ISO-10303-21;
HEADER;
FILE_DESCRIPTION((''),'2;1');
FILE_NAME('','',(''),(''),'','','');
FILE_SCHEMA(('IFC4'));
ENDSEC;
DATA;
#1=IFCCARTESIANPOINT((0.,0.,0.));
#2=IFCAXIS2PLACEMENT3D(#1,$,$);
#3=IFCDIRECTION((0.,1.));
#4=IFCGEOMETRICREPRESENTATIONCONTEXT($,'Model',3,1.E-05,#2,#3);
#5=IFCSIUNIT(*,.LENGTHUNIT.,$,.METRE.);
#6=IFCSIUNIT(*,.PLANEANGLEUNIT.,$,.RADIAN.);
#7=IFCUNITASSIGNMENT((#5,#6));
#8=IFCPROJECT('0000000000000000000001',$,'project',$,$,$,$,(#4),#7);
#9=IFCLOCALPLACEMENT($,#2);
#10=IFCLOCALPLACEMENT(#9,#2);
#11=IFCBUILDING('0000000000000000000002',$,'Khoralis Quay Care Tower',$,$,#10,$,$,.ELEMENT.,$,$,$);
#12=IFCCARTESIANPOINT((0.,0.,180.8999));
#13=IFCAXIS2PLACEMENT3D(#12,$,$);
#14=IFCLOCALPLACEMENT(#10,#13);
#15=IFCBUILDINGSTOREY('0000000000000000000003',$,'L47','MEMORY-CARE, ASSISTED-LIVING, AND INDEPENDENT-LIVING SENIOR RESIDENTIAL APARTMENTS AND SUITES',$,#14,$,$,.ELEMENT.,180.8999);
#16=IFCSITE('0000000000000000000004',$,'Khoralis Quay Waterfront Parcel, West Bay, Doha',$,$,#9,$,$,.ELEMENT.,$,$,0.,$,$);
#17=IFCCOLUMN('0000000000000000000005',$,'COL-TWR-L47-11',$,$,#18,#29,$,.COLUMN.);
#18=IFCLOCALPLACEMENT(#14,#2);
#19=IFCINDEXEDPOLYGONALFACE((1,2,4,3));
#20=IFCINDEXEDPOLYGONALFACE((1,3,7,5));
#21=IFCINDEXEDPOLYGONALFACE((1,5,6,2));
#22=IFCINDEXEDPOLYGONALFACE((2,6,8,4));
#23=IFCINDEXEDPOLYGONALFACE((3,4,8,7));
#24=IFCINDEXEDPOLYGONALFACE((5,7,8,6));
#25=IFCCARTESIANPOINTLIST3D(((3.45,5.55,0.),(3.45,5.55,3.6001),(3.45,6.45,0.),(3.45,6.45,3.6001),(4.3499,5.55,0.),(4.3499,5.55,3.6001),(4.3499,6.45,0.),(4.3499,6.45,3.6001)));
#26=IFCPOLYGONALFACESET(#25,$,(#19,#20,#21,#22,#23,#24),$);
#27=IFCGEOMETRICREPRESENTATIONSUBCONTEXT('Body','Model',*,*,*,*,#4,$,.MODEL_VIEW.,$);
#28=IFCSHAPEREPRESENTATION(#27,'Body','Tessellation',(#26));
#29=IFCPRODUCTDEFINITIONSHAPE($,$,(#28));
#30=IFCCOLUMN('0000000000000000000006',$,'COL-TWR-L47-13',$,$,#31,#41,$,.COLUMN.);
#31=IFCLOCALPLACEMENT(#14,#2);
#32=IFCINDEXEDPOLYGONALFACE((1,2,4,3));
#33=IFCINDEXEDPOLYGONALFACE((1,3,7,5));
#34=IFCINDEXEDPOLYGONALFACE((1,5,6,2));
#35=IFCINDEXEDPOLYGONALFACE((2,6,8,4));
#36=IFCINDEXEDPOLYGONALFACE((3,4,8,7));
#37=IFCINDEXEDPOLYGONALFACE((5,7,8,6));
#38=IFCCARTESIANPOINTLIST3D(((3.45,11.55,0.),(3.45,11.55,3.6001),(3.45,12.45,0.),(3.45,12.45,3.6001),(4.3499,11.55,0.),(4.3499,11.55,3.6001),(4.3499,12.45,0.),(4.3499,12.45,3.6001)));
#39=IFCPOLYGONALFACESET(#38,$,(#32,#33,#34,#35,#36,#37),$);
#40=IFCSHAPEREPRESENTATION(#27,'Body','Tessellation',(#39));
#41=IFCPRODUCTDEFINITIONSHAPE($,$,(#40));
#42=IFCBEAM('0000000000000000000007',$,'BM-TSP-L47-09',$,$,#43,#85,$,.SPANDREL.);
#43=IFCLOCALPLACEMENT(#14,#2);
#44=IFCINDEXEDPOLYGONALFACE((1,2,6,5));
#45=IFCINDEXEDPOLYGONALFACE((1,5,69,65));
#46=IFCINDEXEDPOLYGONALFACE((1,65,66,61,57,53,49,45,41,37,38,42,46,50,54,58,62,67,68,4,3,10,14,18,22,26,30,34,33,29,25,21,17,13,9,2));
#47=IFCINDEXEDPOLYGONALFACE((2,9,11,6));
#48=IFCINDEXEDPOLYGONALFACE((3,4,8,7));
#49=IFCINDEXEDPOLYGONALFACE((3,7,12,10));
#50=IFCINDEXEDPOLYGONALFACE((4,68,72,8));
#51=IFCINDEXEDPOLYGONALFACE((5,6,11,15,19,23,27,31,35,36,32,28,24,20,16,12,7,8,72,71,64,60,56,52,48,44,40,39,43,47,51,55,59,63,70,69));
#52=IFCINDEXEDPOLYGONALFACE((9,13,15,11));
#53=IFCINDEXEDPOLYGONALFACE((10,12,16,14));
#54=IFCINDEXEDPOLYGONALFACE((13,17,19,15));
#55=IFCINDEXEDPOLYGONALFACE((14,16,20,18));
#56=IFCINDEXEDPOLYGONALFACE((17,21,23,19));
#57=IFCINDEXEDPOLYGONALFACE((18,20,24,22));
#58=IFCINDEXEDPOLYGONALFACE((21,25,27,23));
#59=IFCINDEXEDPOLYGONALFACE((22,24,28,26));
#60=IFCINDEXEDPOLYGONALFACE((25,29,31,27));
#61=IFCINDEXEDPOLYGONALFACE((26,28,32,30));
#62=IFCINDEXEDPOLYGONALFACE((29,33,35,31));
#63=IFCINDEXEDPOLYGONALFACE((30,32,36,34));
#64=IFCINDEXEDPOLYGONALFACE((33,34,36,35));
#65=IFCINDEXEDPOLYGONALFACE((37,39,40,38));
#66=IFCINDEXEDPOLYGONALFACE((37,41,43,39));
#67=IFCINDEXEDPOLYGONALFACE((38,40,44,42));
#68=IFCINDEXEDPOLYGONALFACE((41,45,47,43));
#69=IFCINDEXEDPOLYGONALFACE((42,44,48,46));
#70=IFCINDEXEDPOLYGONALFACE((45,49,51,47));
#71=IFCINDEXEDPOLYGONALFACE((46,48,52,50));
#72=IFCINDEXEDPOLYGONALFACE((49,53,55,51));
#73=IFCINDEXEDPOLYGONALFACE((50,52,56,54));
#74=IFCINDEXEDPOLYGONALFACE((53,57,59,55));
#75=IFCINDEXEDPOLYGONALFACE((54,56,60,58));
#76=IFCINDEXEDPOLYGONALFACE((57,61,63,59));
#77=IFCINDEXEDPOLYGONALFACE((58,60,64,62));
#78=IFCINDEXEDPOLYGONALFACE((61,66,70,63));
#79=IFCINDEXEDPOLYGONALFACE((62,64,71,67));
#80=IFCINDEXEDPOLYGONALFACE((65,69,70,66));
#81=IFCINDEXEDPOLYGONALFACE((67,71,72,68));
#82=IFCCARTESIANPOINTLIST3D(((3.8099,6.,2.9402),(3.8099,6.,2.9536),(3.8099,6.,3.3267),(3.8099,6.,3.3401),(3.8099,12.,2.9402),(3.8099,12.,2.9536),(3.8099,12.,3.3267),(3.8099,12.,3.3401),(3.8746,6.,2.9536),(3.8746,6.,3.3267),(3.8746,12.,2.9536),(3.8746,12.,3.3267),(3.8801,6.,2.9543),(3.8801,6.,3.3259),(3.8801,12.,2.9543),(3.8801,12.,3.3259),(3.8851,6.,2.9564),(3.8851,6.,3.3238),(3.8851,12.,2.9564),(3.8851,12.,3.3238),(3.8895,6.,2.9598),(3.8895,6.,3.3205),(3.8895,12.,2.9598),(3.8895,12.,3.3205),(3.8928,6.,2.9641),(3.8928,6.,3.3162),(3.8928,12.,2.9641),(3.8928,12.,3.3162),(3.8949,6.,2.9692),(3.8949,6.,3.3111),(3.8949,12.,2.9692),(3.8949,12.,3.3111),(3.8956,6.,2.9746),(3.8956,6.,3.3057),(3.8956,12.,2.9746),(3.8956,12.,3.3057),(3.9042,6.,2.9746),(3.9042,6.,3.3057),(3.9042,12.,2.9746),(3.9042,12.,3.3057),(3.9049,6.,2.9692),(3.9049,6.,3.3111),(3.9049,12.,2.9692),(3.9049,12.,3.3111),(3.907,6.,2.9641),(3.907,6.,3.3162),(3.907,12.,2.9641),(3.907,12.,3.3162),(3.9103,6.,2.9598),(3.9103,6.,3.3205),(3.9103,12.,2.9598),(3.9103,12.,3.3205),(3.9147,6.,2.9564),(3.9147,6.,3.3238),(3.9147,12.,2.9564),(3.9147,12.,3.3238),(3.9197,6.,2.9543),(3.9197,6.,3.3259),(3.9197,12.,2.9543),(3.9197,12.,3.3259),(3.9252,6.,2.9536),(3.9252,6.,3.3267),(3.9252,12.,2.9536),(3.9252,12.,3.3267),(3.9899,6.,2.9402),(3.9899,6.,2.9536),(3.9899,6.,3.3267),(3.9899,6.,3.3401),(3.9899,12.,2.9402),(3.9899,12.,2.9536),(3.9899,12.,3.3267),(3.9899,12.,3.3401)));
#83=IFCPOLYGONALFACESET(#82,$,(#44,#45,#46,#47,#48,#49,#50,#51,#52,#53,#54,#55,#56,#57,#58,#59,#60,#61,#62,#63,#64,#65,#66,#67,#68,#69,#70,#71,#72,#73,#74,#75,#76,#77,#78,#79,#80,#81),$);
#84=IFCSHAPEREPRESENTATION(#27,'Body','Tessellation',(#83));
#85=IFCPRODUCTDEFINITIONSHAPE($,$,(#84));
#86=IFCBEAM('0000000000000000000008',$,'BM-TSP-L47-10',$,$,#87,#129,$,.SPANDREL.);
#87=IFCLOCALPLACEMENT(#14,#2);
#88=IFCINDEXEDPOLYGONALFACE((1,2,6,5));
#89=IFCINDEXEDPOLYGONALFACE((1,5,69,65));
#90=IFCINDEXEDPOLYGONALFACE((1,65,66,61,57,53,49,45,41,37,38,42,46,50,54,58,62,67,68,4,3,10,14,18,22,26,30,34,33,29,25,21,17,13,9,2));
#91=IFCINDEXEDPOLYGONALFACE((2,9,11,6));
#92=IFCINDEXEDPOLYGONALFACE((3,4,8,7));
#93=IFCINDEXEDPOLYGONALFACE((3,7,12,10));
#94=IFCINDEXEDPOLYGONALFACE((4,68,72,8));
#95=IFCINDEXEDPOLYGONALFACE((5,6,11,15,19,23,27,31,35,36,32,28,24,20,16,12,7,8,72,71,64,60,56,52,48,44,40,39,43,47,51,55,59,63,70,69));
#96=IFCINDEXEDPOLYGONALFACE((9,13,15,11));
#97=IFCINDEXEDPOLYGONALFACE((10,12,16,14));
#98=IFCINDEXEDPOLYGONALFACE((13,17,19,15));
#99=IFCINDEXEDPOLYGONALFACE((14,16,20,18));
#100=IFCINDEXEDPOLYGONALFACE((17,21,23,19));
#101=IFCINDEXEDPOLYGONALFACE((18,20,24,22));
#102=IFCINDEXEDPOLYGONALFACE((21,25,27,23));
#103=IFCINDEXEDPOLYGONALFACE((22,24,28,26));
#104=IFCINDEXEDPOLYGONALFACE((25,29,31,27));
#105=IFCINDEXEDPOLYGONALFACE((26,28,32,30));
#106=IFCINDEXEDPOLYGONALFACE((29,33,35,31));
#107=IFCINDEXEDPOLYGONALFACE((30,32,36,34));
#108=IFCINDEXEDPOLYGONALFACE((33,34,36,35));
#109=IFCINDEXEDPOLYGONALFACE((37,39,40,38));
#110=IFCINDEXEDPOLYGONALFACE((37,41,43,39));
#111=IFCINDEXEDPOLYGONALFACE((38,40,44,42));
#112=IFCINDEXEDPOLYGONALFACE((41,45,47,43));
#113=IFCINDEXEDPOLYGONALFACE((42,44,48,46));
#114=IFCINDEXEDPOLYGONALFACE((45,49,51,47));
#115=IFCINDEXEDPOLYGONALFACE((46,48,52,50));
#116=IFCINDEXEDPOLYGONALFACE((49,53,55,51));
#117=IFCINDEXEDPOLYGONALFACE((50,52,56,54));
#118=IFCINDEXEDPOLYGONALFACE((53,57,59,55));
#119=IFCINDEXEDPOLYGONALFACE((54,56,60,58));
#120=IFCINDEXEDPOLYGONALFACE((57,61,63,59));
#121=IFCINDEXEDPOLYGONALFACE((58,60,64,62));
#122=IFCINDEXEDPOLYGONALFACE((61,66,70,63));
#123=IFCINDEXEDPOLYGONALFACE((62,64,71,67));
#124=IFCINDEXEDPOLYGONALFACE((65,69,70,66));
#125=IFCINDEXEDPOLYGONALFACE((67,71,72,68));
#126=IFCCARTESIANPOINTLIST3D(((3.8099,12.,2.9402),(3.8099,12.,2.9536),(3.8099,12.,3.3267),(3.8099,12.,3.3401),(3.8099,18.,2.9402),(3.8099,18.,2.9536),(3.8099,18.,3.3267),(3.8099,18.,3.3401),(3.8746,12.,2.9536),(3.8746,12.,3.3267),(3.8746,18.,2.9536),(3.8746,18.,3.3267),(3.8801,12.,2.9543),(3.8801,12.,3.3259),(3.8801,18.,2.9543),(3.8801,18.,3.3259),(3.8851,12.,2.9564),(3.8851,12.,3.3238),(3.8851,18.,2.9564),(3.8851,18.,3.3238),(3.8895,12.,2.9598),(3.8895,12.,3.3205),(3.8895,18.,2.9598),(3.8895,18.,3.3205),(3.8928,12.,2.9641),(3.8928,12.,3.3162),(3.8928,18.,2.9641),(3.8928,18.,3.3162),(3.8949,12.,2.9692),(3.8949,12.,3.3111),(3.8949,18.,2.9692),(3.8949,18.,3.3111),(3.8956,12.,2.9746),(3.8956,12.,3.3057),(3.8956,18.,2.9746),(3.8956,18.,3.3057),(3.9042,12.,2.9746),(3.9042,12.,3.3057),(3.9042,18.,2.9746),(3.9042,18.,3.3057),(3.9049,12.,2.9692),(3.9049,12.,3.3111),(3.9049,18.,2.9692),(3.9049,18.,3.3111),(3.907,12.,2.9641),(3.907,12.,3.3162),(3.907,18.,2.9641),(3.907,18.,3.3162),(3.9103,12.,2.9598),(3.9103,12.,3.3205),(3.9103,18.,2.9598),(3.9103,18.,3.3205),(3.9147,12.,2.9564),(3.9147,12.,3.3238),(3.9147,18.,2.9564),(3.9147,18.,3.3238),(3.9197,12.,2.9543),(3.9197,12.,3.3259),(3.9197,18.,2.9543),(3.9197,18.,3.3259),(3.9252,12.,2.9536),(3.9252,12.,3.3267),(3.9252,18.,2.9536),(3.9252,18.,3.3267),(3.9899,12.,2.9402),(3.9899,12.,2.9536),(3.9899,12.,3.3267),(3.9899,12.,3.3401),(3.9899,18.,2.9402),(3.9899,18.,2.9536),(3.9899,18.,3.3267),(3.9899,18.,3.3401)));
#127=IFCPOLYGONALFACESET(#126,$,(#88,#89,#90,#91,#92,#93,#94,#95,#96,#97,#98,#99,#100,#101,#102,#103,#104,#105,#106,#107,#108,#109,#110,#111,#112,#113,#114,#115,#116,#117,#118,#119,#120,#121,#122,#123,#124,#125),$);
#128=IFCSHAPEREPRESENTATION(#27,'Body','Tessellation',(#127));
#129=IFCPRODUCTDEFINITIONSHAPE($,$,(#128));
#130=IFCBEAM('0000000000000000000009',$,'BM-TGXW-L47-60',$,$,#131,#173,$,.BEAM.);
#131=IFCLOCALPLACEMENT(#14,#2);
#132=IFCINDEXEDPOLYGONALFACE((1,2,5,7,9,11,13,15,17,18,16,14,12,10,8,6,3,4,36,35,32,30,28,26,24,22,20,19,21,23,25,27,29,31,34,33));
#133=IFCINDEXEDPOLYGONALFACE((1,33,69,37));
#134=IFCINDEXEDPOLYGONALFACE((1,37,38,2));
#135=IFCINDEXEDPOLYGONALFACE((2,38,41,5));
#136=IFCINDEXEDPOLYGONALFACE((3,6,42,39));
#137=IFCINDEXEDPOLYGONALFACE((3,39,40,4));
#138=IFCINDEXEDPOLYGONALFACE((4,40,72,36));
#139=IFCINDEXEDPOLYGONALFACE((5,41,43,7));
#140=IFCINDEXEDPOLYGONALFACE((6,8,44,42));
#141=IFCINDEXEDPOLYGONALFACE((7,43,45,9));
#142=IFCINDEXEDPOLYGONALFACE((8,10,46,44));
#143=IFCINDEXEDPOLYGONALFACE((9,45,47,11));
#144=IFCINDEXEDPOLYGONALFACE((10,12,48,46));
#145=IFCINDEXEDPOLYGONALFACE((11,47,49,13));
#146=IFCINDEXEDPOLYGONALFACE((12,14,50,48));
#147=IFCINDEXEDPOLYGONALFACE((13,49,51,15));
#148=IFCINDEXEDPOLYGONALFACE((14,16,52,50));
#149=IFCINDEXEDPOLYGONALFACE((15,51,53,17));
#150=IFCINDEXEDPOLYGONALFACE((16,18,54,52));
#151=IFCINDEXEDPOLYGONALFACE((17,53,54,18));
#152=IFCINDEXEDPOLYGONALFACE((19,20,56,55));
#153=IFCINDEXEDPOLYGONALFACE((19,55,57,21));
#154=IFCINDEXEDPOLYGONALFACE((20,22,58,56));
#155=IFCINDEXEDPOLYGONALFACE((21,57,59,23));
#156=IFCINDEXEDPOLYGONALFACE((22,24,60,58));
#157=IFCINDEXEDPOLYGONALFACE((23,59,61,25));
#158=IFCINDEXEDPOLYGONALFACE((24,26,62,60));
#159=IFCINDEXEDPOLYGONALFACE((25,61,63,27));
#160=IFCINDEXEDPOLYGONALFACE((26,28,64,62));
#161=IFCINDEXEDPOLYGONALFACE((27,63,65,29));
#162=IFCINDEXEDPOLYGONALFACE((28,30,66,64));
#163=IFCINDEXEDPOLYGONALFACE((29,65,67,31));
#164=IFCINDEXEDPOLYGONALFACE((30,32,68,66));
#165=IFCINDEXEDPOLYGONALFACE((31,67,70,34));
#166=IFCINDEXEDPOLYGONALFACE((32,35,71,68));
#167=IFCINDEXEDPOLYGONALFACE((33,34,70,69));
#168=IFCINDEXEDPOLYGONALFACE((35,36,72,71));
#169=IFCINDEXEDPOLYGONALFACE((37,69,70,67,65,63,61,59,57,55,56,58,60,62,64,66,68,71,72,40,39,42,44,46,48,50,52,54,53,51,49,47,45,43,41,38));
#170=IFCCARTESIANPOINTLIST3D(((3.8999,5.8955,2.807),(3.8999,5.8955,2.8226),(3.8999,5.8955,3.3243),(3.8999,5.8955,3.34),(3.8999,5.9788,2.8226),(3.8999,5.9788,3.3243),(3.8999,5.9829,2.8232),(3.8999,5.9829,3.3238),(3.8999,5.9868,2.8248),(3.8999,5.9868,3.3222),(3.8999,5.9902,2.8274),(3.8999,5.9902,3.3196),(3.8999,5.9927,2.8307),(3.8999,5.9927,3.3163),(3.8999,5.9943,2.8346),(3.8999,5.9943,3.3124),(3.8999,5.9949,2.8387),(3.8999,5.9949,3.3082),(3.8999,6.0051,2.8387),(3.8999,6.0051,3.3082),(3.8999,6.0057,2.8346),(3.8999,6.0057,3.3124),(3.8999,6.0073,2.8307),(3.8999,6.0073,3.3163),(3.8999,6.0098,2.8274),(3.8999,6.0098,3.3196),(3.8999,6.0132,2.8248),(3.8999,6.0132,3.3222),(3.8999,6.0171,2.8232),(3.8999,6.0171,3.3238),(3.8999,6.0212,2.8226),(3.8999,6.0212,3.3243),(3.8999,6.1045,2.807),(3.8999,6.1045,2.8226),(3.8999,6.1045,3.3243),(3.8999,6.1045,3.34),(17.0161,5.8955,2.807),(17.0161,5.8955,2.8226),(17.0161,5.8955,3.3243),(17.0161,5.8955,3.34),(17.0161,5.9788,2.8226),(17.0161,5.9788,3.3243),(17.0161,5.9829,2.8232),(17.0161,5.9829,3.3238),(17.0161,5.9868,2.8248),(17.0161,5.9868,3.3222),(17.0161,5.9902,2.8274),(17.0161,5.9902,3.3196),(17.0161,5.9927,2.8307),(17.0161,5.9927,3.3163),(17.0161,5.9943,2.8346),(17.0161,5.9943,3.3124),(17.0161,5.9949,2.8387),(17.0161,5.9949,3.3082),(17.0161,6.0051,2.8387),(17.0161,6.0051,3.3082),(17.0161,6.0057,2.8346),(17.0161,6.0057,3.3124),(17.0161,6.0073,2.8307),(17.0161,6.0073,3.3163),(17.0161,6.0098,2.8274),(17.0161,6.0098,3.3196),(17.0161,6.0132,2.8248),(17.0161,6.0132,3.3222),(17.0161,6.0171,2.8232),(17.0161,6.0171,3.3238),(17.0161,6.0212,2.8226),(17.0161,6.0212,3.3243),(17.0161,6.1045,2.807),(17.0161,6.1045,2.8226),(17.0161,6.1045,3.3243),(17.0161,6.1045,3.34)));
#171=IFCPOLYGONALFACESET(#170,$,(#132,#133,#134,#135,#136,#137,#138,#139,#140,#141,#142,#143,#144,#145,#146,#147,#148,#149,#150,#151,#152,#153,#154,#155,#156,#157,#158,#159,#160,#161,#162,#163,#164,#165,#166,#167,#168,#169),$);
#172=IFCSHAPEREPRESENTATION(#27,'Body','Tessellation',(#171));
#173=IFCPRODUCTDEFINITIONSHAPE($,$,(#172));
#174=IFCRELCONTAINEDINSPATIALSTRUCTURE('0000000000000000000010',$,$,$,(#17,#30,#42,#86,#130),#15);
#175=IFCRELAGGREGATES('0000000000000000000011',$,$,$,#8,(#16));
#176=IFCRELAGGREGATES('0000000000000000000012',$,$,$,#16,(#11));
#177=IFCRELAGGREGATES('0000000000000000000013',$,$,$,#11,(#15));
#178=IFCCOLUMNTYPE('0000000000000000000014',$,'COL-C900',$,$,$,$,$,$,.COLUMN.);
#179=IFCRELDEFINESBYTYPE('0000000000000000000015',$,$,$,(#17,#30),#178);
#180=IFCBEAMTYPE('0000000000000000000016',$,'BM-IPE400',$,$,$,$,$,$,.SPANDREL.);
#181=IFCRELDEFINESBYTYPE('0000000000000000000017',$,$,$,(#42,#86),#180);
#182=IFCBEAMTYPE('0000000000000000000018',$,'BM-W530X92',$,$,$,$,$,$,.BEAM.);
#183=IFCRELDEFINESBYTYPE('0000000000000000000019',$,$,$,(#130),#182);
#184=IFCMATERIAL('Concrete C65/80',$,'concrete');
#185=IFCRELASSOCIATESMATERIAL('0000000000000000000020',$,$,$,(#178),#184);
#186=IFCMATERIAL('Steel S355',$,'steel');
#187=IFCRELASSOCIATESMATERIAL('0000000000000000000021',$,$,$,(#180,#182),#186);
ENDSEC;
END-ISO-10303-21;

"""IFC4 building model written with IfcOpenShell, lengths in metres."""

from ifc_helpers import new_model, si_unit, direction, frame, origin, origin_2d, place, context, subcontext, project, spatial, rectangle, i_section, extrude, source, transform, mapped, material, material_profile, profile_set, type_object, element, save


model = new_model("IFC4")

# Units and contexts
model_context = context("Model", 3, precision=1e-05, world=origin(), true_north=direction((0.0, 1.0)))
body_context = subcontext(model_context, "Body", "Model", "MODEL_VIEW")
ifc_project = project(units=[si_unit("LENGTHUNIT", "METRE"), si_unit("PLANEANGLEUNIT", "RADIAN")], contexts=[model_context])

# Site, building, storey
site_placement = place(None, origin())
site = spatial("IfcSite", under=ifc_project, at=site_placement, Name="Khoralis Quay Waterfront Parcel, West Bay, Doha", CompositionType="ELEMENT", RefElevation=0.0)
building_placement = place(site_placement, origin())
building = spatial("IfcBuilding", under=site, at=building_placement, Name="Khoralis Quay Care Tower", CompositionType="ELEMENT")
storey_placement = place(building_placement, frame((0.0, 0.0, 180.8999)))
storey = spatial("IfcBuildingStorey", under=building, at=storey_placement, Name="L47", Description="MEMORY-CARE, ASSISTED-LIVING, AND INDEPENDENT-LIVING SENIOR RESIDENTIAL APARTMENTS AND SUITES", CompositionType="ELEMENT", Elevation=180.8999)

# Columns
ifc_material_1 = material(Name="Concrete C65/80", Category="concrete")
ifc_material_profile_1 = material_profile(ifc_material_1, rectangle(XDim=0.8999, YDim=0.8999, at=origin_2d()), Name="Concrete C65/80")
ifc_profile_set_1 = profile_set([ifc_material_profile_1], Name="Concrete C65/80")
column_type = type_object("IfcColumnType", Name="COL-C900", PredefinedType="COLUMN", material=ifc_profile_set_1)
shared_shape_1 = source(origin(), body_context, "Body", "SweptSolid", [
    extrude(rectangle(XDim=0.8999, YDim=0.8999, at=origin_2d()), origin(), (0.0, 0.0, 1.0), 3.6001),
])
for number, where, z_axis, x_axis, name in (
    (1, (3.8999, 6.0, 0.0), (0.0, 0.0, 1.0), (1.0, 0.0, 0.0), "COL-TWR-L47-11"),
    (2, (3.8999, 12.0, 0.0), (0.0, 0.0, 1.0), (1.0, 0.0, 0.0), "COL-TWR-L47-13"),
):
    element("IfcColumn", number, at=place(storey_placement, frame(where, z_axis=z_axis, x_axis=x_axis)), inside=storey, type_object=column_type, Name=name, PredefinedType="COLUMN", context=body_context, shape_type="MappedRepresentation", body=[
        mapped(shared_shape_1, transform((0.0, 0.0, 0.0), scale=1.0)),
    ])

# Beams
ifc_material_2 = material(Name="Steel S355", Category="steel")
ifc_material_profile_2 = material_profile(ifc_material_2, i_section(OverallWidth=0.1799, OverallDepth=0.3999, WebThickness=0.0085, FlangeThickness=0.0134, FilletRadius=0.021, at=origin_2d()), Name="Steel S355")
ifc_profile_set_2 = profile_set([ifc_material_profile_2], Name="Steel S355")
beam_type_1 = type_object("IfcBeamType", Name="BM-IPE400", PredefinedType="SPANDREL", material=ifc_profile_set_2)
shared_shape_2 = source(origin(), body_context, "Body", "SweptSolid", [
    extrude(i_section(OverallWidth=0.1799, OverallDepth=0.3999, WebThickness=0.0085, FlangeThickness=0.0134, FilletRadius=0.021, at=origin_2d()), origin(), (0.0, 0.0, 1.0), 6.0),
])
for number, where, z_axis, x_axis, name in (
    (3, (3.8999, 6.0, 3.1401), (0.0, 1.0, 0.0), (-1.0, 0.0, 0.0), "BM-TSP-L47-09"),
    (4, (3.8999, 12.0, 3.1401), (0.0, 1.0, 0.0), (-1.0, 0.0, 0.0), "BM-TSP-L47-10"),
):
    element("IfcBeam", number, at=place(storey_placement, frame(where, z_axis=z_axis, x_axis=x_axis)), inside=storey, type_object=beam_type_1, Name=name, PredefinedType="SPANDREL", context=body_context, shape_type="MappedRepresentation", body=[
        mapped(shared_shape_2, transform((0.0, 0.0, 0.0), scale=1.0)),
    ])
ifc_material_profile_3 = material_profile(ifc_material_2, i_section(OverallWidth=0.209, OverallDepth=0.533, WebThickness=0.0103, FlangeThickness=0.0156, FilletRadius=0.0161, at=origin_2d()), Name="Steel S355")
ifc_profile_set_3 = profile_set([ifc_material_profile_3], Name="Steel S355")
beam_type_2 = type_object("IfcBeamType", Name="BM-W530X92", PredefinedType="BEAM", material=ifc_profile_set_3)
shared_shape_3 = source(origin(), body_context, "Body", "SweptSolid", [
    extrude(i_section(OverallWidth=0.209, OverallDepth=0.533, WebThickness=0.0103, FlangeThickness=0.0156, FilletRadius=0.0161, at=origin_2d()), origin(), (0.0, 0.0, 1.0), 13.1162),
])
beam_1_placement = place(storey_placement, frame((3.8999, 6.0, 3.0735), z_axis=(1.0, 0.0, 0.0), x_axis=(0.0, 1.0, 0.0)))
element("IfcBeam", 5, at=beam_1_placement, inside=storey, type_object=beam_type_2, Name="BM-TGXW-L47-60", PredefinedType="BEAM", context=body_context, shape_type="MappedRepresentation", body=[
    mapped(shared_shape_3, transform((0.0, 0.0, 0.0), scale=1.0)),
])

save(model, "model.ifc")
